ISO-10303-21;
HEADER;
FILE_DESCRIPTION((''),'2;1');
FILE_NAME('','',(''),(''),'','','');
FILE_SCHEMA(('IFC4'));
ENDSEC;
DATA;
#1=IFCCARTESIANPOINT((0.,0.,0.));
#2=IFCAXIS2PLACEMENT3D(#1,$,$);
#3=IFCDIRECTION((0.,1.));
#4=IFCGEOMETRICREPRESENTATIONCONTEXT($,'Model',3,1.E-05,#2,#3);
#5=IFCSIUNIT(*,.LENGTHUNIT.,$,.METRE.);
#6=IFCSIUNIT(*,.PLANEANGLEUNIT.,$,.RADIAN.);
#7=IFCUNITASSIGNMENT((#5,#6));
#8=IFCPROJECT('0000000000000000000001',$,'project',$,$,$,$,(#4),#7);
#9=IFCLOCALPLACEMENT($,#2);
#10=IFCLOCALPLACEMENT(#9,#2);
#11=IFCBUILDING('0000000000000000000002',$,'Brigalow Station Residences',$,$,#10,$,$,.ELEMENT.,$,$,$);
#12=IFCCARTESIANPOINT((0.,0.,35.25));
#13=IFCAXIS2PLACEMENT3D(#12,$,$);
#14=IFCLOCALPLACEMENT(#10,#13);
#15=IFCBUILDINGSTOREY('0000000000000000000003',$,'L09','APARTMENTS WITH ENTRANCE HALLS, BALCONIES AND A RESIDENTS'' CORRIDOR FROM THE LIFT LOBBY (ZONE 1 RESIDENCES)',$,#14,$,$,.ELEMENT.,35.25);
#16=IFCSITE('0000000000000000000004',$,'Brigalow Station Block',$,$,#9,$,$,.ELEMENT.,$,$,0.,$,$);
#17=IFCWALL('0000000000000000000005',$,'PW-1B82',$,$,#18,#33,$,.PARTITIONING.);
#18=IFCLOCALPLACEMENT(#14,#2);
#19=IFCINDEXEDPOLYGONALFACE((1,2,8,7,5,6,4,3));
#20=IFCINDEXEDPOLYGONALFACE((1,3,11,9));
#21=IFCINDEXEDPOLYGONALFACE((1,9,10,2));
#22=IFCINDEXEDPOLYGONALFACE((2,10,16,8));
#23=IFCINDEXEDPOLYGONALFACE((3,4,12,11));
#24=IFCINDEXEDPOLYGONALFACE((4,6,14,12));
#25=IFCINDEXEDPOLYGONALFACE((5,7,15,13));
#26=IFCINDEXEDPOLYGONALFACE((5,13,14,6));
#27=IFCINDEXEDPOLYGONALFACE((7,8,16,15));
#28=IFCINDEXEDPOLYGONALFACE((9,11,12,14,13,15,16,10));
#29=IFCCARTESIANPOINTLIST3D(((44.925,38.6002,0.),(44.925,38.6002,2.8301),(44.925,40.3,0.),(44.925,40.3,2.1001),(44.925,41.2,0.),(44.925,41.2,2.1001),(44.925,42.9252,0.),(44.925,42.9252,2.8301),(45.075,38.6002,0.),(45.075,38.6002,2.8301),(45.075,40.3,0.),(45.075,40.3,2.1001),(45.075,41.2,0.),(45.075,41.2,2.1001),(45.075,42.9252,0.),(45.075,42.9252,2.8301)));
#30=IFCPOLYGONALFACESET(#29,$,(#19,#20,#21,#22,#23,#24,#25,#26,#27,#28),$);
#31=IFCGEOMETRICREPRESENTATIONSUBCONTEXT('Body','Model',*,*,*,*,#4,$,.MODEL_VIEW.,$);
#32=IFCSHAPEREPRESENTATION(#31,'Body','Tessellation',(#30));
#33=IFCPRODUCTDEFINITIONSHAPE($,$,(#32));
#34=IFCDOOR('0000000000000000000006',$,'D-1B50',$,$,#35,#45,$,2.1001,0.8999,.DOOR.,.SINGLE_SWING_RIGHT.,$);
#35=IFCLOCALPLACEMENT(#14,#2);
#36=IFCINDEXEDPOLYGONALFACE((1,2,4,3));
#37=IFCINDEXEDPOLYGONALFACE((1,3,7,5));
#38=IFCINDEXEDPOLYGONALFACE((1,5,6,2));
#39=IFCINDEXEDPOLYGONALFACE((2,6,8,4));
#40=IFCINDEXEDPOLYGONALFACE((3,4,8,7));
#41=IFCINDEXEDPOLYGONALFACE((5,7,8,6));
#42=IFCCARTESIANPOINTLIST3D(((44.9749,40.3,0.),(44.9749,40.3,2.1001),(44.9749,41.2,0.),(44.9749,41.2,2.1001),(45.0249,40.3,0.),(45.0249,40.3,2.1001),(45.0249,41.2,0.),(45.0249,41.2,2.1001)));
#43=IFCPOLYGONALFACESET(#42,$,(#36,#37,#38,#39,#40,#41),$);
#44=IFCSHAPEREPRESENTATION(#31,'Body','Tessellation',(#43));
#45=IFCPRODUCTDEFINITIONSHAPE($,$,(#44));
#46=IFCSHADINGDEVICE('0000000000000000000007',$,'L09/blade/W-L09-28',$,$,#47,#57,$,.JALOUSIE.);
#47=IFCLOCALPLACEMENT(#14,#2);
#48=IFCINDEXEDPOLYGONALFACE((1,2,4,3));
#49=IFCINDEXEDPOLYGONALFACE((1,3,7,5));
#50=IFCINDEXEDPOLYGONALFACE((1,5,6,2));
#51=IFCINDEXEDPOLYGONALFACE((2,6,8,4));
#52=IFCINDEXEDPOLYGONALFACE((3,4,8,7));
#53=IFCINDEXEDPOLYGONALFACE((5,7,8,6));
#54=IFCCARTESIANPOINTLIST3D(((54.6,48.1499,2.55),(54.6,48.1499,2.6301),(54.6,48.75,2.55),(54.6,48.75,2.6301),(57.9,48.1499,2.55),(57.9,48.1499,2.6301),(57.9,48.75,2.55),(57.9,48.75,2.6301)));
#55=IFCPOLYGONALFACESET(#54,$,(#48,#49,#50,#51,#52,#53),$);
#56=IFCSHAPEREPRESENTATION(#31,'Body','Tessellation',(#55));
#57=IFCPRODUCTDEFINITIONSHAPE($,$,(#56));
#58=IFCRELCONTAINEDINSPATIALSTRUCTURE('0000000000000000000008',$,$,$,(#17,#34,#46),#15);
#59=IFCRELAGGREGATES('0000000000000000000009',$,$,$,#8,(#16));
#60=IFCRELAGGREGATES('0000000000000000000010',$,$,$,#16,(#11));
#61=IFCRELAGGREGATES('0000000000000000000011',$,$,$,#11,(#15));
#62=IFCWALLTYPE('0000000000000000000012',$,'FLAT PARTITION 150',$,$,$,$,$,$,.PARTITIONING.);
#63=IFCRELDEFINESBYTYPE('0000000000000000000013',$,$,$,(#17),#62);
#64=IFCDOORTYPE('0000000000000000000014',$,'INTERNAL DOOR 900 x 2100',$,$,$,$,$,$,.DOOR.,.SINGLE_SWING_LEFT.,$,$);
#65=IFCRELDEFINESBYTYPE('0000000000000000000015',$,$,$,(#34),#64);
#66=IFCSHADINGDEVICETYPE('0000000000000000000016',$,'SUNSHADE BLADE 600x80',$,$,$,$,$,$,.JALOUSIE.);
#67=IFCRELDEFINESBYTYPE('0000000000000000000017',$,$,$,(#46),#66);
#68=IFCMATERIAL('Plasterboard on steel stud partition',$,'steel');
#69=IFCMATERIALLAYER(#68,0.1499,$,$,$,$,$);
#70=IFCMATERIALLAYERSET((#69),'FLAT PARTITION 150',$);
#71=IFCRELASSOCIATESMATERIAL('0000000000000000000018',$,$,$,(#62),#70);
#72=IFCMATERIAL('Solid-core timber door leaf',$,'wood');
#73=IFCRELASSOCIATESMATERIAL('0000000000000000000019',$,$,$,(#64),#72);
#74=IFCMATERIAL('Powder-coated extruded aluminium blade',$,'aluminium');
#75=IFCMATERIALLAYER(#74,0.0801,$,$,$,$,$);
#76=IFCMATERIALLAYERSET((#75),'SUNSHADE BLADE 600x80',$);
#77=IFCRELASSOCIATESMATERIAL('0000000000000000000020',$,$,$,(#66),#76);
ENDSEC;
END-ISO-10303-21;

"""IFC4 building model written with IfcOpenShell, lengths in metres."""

from ifc_helpers import new_model, si_unit, direction, frame, frame_2d, origin, origin_2d, place, context, subcontext, project, spatial, rectangle, extrude, material, layer, layer_set, type_object, element, fill, save


model = new_model("IFC4")

# Units and contexts
model_context = context("Model", 3, precision=1e-05, world=origin(), true_north=direction((0.0, 1.0)))
body_context = subcontext(model_context, "Body", "Model", "MODEL_VIEW")
ifc_project = project(units=[si_unit("LENGTHUNIT", "METRE"), si_unit("PLANEANGLEUNIT", "RADIAN")], contexts=[model_context])

# Site, building, storey
site_placement = place(None, origin())
site = spatial("IfcSite", under=ifc_project, at=site_placement, Name="Brigalow Station Block", CompositionType="ELEMENT", RefElevation=0.0)
building_placement = place(site_placement, origin())
building = spatial("IfcBuilding", under=site, at=building_placement, Name="Brigalow Station Residences", CompositionType="ELEMENT")
storey_placement = place(building_placement, frame((0.0, 0.0, 35.25)))
storey = spatial("IfcBuildingStorey", under=building, at=storey_placement, Name="L09", Description="APARTMENTS WITH ENTRANCE HALLS, BALCONIES AND A RESIDENTS' CORRIDOR FROM THE LIFT LOBBY (ZONE 1 RESIDENCES)", CompositionType="ELEMENT", Elevation=35.25)

# Shared definitions
ifc_material_1 = material(Name="Plasterboard on steel stud partition", Category="steel")
ifc_layer_1 = layer(ifc_material_1, 0.1499)
ifc_layer_set_1 = layer_set([ifc_layer_1], Name="FLAT PARTITION 150")
wall_type_1 = type_object("IfcWallType", Name="FLAT PARTITION 150", PredefinedType="PARTITIONING", material=ifc_layer_set_1)
ifc_material_2 = material(Name="Solid-core timber door leaf", Category="wood")
door_type_1 = type_object("IfcDoorType", Name="INTERNAL DOOR 900 x 2100", OperationType="SINGLE_SWING_LEFT", PredefinedType="DOOR", material=ifc_material_2)

# Wall, opening, door
wall_1_placement = place(storey_placement, frame((45.0, 38.6001, 0.0), z_axis=(0.0, 0.0, 1.0), x_axis=(0.0, 1.0, 0.0)))
wall_1 = element("IfcWall", 1, at=wall_1_placement, inside=storey, type_object=wall_type_1, Name="PW-1B82", PredefinedType="PARTITIONING", context=body_context, shape_type="SweptSolid", body=[
    extrude(rectangle(XDim=4.325, YDim=0.1499, at=frame_2d((2.1626, 0.0))), origin(), (0.0, 0.0, 1.0), 2.8301),
])
opening_1_placement = place(wall_1_placement, frame((1.7, 0.0, 0.0)))
opening_1 = element("IfcOpeningElement", 2, at=opening_1_placement, cuts=wall_1, PredefinedType="OPENING", context=body_context, shape_type="SweptSolid", body=[
    extrude(rectangle(XDim=0.8999, YDim=2.1001, at=frame_2d((0.45, 1.05))), frame((0.0, 0.085, 0.0), z_axis=(0.0, -1.0, 0.0), x_axis=(1.0, 0.0, 0.0)), (0.0, 0.0, 1.0), 0.1699),
])
door_1_placement = place(opening_1_placement, frame((0.8999, 0.0, 0.0), z_axis=(0.0, 0.0, 1.0), x_axis=(-1.0, 0.0, 0.0)))
door_1 = element("IfcDoor", 3, at=door_1_placement, inside=storey, type_object=door_type_1, Name="D-1B50", OperationType="SINGLE_SWING_RIGHT", OverallHeight=2.1001, OverallWidth=0.8999, PredefinedType="DOOR", context=body_context, shape_type="SweptSolid", body=[
    extrude(rectangle(XDim=0.8999, YDim=2.1001, at=frame_2d((0.45, 1.05))), frame((0.0, 0.0249, 0.0), z_axis=(0.0, -1.0, 0.0), x_axis=(1.0, 0.0, 0.0)), (0.0, 0.0, 1.0), 0.05),
])
fill(opening_1, door_1)

# Shading device
ifc_material_3 = material(Name="Powder-coated extruded aluminium blade", Category="aluminium")
ifc_layer_2 = layer(ifc_material_3, 0.0801)
ifc_layer_set_2 = layer_set([ifc_layer_2], Name="SUNSHADE BLADE 600x80")
shading_device_type = type_object("IfcShadingDeviceType", Name="SUNSHADE BLADE 600x80", PredefinedType="JALOUSIE", material=ifc_layer_set_2)
shading_device_placement = place(storey_placement, frame((56.25, 48.45, 2.55), z_axis=(0.0, 0.0, 1.0), x_axis=(-1.0, 0.0, 0.0)))
element("IfcShadingDevice", 4, at=shading_device_placement, inside=storey, type_object=shading_device_type, Name="L09/blade/W-L09-28", PredefinedType="JALOUSIE", context=body_context, shape_type="SweptSolid", body=[
    extrude(rectangle(XDim=3.3, YDim=0.6001, at=origin_2d()), origin(), (0.0, 0.0, 1.0), 0.0801),
])

save(model, "model.ifc")
